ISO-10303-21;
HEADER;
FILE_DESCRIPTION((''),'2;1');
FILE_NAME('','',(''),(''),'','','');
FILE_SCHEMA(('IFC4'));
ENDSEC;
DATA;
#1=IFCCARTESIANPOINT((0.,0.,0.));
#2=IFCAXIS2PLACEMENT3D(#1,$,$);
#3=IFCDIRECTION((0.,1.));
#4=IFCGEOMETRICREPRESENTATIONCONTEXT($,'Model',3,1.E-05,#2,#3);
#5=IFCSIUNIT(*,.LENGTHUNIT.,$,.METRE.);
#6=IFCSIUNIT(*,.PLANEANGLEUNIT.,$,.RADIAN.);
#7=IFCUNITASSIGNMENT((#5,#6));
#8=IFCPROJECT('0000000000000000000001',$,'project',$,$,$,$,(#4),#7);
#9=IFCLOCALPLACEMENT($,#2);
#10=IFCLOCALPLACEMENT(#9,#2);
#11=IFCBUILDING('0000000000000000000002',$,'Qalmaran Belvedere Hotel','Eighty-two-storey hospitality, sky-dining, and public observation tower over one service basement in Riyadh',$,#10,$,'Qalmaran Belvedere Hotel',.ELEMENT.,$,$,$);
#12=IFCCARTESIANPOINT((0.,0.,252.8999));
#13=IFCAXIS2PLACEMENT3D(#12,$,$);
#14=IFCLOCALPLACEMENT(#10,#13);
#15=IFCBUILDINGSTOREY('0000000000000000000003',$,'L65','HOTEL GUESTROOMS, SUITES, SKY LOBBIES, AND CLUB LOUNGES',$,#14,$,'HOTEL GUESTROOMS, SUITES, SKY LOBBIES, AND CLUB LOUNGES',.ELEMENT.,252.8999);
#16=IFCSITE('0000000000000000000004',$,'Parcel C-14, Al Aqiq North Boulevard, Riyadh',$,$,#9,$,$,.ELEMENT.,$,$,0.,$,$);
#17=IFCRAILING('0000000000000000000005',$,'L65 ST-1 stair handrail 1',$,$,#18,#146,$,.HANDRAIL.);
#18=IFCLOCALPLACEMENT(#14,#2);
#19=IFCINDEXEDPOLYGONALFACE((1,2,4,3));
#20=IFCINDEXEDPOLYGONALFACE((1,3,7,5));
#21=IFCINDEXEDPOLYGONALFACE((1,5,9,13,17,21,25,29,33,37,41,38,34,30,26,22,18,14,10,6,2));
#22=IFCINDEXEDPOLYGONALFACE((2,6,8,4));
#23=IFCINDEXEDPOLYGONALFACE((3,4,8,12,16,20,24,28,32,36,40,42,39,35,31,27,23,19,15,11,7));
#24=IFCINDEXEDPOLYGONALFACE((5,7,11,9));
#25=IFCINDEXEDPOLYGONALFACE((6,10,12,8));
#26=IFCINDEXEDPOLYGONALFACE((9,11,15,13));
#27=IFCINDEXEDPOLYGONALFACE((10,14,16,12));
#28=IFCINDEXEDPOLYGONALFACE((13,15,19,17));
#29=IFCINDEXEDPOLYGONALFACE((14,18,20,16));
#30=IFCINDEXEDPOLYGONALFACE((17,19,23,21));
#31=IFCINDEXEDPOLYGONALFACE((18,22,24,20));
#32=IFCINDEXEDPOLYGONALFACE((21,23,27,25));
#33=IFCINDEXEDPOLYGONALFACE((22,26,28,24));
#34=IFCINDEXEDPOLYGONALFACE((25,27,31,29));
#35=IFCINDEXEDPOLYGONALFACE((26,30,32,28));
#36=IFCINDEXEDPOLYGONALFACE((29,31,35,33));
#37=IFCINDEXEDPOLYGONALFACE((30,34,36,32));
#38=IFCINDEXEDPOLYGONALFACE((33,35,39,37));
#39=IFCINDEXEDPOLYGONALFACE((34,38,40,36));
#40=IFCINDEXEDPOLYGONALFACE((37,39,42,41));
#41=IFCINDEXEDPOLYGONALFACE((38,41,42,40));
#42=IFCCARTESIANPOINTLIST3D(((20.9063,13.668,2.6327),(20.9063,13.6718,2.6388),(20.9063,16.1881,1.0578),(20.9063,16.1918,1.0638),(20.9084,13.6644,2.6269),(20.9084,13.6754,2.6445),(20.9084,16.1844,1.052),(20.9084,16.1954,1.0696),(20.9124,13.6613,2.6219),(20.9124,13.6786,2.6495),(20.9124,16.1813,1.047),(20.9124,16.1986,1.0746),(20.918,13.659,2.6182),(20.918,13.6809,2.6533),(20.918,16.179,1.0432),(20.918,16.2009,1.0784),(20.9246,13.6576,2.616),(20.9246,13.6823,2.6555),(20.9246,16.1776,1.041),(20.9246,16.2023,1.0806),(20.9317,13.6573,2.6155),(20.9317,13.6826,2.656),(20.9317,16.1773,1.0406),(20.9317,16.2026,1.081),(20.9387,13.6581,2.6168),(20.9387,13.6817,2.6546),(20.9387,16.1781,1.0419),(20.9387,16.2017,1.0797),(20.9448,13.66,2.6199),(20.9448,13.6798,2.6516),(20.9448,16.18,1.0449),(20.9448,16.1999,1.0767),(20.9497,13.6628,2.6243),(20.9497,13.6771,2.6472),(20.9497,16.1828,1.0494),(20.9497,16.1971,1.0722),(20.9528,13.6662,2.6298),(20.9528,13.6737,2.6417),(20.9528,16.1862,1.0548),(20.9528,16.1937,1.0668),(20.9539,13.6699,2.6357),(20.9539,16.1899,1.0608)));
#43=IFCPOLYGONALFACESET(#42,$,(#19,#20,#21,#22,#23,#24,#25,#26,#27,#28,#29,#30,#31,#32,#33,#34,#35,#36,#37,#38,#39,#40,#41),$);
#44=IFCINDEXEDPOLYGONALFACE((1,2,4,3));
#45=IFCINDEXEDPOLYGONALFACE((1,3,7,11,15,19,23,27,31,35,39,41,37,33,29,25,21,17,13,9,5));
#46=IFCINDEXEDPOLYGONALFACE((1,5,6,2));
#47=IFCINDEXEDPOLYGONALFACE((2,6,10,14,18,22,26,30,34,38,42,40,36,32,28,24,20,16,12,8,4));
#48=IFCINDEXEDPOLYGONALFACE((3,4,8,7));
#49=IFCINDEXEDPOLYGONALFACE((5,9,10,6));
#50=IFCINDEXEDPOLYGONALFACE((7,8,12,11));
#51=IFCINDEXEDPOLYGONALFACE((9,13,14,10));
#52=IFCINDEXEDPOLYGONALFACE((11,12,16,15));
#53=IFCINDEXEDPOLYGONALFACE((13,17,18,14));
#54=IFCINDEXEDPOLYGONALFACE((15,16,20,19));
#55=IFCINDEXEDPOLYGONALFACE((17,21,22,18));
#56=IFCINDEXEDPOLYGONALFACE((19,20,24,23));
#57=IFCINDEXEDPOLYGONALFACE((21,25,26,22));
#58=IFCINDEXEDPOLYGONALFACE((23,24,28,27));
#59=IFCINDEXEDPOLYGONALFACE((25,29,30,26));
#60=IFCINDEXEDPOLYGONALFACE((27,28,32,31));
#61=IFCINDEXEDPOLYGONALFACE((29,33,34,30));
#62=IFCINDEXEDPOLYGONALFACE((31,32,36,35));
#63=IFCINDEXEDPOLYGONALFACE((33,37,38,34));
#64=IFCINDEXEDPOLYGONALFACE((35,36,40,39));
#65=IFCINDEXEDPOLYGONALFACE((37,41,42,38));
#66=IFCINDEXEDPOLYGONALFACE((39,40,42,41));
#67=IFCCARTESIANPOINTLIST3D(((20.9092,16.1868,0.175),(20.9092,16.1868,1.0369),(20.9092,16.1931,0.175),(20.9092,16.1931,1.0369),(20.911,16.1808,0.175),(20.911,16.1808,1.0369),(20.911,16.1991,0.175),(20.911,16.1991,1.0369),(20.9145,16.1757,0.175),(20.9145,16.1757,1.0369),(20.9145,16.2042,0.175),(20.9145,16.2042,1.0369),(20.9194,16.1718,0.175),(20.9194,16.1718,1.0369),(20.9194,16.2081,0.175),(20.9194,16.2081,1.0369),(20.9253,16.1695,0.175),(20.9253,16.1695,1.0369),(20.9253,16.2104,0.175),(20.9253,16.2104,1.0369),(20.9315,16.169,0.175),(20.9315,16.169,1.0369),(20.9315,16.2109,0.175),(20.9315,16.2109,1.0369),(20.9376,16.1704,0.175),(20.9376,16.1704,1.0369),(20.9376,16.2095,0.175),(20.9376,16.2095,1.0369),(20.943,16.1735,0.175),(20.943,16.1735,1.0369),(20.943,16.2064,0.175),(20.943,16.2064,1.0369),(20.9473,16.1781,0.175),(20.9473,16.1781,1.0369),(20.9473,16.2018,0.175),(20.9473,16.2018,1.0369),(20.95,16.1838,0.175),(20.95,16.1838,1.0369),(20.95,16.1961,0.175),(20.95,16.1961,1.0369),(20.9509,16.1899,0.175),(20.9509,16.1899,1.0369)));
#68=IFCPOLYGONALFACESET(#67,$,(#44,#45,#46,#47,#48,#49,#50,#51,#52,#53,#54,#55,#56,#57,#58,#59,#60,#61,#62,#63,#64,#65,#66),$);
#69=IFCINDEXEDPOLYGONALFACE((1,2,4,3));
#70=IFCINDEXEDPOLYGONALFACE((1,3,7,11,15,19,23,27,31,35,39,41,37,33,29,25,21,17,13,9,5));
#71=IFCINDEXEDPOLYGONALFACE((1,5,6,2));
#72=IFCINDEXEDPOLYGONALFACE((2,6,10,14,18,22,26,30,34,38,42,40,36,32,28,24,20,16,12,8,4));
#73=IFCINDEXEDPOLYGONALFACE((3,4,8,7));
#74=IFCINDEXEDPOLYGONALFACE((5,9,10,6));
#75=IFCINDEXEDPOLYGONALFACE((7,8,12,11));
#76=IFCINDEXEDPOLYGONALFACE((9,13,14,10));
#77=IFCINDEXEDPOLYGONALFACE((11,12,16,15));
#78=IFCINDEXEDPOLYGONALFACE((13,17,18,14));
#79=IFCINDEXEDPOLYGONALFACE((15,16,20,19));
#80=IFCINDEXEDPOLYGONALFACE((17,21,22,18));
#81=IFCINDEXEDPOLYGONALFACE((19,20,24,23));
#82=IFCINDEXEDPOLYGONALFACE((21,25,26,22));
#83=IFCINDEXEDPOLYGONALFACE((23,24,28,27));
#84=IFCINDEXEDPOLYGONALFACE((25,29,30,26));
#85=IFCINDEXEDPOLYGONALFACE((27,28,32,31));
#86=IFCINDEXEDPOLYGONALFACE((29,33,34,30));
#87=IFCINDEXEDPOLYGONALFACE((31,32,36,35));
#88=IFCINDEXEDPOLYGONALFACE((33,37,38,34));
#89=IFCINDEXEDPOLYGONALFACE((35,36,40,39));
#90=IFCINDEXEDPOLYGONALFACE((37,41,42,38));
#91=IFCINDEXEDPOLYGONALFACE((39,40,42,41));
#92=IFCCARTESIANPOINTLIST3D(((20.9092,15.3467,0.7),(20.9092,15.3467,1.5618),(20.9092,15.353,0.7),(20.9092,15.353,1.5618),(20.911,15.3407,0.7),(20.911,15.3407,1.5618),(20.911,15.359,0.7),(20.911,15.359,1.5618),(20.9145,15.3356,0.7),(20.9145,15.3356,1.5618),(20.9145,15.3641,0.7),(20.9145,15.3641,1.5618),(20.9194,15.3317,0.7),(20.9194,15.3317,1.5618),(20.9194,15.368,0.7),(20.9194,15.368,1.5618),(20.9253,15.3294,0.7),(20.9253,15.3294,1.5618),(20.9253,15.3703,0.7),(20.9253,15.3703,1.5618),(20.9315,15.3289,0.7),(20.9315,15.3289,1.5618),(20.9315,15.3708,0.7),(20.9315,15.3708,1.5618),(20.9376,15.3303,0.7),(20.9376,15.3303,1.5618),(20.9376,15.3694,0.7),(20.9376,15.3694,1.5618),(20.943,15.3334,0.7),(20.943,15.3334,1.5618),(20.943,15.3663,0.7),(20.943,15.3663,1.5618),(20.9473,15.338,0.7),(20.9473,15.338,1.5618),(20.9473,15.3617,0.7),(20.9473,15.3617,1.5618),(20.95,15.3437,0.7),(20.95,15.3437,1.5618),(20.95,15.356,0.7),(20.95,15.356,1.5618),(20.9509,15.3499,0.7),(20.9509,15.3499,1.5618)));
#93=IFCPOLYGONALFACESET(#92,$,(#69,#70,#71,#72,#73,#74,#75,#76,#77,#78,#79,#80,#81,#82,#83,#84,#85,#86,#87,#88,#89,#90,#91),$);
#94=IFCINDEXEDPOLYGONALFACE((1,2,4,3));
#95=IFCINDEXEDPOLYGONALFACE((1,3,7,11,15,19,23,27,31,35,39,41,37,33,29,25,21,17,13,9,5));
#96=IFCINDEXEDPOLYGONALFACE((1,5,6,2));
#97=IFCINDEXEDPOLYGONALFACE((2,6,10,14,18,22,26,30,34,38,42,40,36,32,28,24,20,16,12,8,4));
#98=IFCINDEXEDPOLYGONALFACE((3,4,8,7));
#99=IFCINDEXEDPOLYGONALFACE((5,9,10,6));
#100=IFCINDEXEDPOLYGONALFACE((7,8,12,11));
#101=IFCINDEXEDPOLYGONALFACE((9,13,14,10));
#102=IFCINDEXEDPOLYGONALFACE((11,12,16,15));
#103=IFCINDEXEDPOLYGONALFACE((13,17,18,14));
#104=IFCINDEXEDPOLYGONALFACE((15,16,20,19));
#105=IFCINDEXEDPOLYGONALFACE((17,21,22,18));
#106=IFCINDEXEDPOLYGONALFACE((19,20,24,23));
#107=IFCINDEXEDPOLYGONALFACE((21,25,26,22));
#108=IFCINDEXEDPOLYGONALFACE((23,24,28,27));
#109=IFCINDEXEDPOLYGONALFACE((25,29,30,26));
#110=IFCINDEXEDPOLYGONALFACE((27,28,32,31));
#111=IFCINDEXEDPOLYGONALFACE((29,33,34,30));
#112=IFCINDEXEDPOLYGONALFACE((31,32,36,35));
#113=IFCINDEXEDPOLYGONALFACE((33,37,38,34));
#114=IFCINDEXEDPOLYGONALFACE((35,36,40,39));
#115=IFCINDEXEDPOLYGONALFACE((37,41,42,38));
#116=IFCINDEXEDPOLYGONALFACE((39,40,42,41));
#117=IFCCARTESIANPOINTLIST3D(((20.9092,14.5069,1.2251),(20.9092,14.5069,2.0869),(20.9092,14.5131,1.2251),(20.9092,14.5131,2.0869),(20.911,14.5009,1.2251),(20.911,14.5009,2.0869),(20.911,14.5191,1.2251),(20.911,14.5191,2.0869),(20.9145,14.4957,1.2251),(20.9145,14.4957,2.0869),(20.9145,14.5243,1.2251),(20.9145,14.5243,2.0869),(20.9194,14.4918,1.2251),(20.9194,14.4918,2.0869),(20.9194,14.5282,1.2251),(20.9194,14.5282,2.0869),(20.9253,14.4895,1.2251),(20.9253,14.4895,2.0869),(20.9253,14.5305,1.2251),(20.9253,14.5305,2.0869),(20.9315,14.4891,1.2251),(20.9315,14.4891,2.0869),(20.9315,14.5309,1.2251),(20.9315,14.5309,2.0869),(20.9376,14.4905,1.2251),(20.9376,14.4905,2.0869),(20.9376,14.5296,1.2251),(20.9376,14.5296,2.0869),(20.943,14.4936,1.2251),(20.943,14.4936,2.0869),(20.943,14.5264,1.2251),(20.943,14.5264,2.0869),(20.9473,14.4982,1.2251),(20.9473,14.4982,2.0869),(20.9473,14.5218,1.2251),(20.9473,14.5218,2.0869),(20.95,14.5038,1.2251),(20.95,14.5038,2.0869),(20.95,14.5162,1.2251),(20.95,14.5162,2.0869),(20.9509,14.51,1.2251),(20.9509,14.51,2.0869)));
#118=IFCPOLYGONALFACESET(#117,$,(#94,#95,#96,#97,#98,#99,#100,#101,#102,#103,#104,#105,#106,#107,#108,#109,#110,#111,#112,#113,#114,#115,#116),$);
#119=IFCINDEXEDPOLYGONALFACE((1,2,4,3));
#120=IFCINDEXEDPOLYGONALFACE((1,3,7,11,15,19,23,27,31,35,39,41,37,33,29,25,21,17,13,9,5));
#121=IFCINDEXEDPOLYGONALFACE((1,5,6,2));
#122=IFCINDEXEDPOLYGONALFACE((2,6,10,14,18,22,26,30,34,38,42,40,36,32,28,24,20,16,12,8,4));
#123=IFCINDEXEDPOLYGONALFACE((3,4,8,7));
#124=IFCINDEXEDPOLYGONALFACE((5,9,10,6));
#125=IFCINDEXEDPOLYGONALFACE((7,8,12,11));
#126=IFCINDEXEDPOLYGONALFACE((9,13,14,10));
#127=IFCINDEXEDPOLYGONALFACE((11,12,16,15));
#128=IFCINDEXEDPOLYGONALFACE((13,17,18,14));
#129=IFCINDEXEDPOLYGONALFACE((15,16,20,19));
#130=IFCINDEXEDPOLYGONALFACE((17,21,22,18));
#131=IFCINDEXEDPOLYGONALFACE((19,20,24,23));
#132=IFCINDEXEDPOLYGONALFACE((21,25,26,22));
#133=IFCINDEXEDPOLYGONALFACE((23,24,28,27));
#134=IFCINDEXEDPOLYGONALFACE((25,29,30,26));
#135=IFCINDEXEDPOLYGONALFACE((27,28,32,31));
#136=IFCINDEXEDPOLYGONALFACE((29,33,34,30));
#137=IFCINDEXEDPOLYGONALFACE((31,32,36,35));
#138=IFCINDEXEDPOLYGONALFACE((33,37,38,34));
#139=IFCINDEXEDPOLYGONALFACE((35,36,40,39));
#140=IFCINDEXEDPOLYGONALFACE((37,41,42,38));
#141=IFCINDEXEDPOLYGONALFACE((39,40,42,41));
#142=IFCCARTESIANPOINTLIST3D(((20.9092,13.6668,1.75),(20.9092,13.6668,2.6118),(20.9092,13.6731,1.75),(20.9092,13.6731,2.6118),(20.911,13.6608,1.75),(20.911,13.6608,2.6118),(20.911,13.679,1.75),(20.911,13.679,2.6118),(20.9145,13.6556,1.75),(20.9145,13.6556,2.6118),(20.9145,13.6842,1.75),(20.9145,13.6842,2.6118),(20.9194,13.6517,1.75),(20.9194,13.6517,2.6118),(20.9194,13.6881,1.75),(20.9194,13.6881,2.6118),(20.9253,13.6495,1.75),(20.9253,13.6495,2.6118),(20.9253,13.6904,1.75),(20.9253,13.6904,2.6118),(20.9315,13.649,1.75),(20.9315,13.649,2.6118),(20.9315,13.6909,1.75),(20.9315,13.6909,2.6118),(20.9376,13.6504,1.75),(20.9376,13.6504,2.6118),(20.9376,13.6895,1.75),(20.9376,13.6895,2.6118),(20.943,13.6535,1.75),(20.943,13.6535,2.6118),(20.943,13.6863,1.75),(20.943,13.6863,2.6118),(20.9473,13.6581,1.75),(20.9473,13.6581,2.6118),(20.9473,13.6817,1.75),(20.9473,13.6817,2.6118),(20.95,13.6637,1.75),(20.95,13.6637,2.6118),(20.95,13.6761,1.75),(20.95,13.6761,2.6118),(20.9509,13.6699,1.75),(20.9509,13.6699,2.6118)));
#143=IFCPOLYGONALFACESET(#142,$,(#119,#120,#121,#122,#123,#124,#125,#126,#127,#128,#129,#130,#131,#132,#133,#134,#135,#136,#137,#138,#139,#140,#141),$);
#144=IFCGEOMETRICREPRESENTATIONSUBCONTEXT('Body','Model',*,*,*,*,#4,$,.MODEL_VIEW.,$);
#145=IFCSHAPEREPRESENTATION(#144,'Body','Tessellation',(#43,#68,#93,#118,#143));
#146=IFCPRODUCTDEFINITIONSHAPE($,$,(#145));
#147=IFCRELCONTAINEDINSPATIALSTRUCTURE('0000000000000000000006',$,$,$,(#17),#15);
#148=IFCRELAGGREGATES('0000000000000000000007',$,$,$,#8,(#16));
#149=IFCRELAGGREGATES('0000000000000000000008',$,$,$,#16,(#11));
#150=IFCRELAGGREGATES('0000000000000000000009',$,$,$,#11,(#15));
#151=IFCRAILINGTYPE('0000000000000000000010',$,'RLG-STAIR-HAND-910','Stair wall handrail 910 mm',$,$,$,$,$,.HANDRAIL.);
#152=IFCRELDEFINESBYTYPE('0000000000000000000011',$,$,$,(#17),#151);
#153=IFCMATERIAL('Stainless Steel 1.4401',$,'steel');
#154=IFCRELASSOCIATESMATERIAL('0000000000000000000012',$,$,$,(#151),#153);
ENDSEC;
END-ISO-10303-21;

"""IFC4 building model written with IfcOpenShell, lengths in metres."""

from ifc_helpers import new_model, si_unit, direction, frame, origin, origin_2d, place, context, subcontext, project, spatial, circle, extrude, material, type_object, element, save


model = new_model("IFC4")

# Units and contexts
model_context = context("Model", 3, precision=1e-05, world=origin(), true_north=direction((0.0, 1.0)))
body_context = subcontext(model_context, "Body", "Model", "MODEL_VIEW")
ifc_project = project(units=[si_unit("LENGTHUNIT", "METRE"), si_unit("PLANEANGLEUNIT", "RADIAN")], contexts=[model_context])

# Site, building, storey
site_placement = place(None, origin())
site = spatial("IfcSite", under=ifc_project, at=site_placement, Name="Parcel C-14, Al Aqiq North Boulevard, Riyadh", CompositionType="ELEMENT", RefElevation=0.0)
building_placement = place(site_placement, origin())
building = spatial("IfcBuilding", under=site, at=building_placement, Name="Qalmaran Belvedere Hotel", Description="Eighty-two-storey hospitality, sky-dining, and public observation tower over one service basement in Riyadh", LongName="Qalmaran Belvedere Hotel", CompositionType="ELEMENT")
storey_placement = place(building_placement, frame((0.0, 0.0, 252.8999)))
storey = spatial("IfcBuildingStorey", under=building, at=storey_placement, Name="L65", Description="HOTEL GUESTROOMS, SUITES, SKY LOBBIES, AND CLUB LOUNGES", LongName="HOTEL GUESTROOMS, SUITES, SKY LOBBIES, AND CLUB LOUNGES", CompositionType="ELEMENT", Elevation=252.8999)

# Shared definitions
ifc_material_1 = material(Name="Stainless Steel 1.4401", Category="steel")

# Railing
railing_type_1 = type_object("IfcRailingType", Name="RLG-STAIR-HAND-910", Description="Stair wall handrail 910 mm", PredefinedType="HANDRAIL", material=ifc_material_1)
railing_1_placement = place(storey_placement, frame((20.9299, 16.1899, 0.175)))
element("IfcRailing", 1, at=railing_1_placement, inside=storey, type_object=railing_type_1, Name="L65 ST-1 stair handrail 1", PredefinedType="HANDRAIL", context=body_context, shape_type="SweptSolid", body=[
    extrude(circle(Radius=0.0239, at=origin_2d()), frame((0.0, 0.0, 0.8857), z_axis=(0.0, -0.848008, 0.529984), x_axis=(1.0, 0.0, 0.0)), (0.0, 0.0, 1.0), 2.9717),
    extrude(circle(Radius=0.021, at=origin_2d()), origin(), (0.0, 0.0, 1.0), 0.8618),
    extrude(circle(Radius=0.021, at=origin_2d()), frame((0.0, -0.8401, 0.5249)), (0.0, 0.0, 1.0), 0.8618),
    extrude(circle(Radius=0.021, at=origin_2d()), frame((0.0, -1.6799, 1.05)), (0.0, 0.0, 1.0), 0.8618),
    extrude(circle(Radius=0.021, at=origin_2d()), frame((0.0, -2.52, 1.575)), (0.0, 0.0, 1.0), 0.8618),
])

save(model, "model.ifc")
